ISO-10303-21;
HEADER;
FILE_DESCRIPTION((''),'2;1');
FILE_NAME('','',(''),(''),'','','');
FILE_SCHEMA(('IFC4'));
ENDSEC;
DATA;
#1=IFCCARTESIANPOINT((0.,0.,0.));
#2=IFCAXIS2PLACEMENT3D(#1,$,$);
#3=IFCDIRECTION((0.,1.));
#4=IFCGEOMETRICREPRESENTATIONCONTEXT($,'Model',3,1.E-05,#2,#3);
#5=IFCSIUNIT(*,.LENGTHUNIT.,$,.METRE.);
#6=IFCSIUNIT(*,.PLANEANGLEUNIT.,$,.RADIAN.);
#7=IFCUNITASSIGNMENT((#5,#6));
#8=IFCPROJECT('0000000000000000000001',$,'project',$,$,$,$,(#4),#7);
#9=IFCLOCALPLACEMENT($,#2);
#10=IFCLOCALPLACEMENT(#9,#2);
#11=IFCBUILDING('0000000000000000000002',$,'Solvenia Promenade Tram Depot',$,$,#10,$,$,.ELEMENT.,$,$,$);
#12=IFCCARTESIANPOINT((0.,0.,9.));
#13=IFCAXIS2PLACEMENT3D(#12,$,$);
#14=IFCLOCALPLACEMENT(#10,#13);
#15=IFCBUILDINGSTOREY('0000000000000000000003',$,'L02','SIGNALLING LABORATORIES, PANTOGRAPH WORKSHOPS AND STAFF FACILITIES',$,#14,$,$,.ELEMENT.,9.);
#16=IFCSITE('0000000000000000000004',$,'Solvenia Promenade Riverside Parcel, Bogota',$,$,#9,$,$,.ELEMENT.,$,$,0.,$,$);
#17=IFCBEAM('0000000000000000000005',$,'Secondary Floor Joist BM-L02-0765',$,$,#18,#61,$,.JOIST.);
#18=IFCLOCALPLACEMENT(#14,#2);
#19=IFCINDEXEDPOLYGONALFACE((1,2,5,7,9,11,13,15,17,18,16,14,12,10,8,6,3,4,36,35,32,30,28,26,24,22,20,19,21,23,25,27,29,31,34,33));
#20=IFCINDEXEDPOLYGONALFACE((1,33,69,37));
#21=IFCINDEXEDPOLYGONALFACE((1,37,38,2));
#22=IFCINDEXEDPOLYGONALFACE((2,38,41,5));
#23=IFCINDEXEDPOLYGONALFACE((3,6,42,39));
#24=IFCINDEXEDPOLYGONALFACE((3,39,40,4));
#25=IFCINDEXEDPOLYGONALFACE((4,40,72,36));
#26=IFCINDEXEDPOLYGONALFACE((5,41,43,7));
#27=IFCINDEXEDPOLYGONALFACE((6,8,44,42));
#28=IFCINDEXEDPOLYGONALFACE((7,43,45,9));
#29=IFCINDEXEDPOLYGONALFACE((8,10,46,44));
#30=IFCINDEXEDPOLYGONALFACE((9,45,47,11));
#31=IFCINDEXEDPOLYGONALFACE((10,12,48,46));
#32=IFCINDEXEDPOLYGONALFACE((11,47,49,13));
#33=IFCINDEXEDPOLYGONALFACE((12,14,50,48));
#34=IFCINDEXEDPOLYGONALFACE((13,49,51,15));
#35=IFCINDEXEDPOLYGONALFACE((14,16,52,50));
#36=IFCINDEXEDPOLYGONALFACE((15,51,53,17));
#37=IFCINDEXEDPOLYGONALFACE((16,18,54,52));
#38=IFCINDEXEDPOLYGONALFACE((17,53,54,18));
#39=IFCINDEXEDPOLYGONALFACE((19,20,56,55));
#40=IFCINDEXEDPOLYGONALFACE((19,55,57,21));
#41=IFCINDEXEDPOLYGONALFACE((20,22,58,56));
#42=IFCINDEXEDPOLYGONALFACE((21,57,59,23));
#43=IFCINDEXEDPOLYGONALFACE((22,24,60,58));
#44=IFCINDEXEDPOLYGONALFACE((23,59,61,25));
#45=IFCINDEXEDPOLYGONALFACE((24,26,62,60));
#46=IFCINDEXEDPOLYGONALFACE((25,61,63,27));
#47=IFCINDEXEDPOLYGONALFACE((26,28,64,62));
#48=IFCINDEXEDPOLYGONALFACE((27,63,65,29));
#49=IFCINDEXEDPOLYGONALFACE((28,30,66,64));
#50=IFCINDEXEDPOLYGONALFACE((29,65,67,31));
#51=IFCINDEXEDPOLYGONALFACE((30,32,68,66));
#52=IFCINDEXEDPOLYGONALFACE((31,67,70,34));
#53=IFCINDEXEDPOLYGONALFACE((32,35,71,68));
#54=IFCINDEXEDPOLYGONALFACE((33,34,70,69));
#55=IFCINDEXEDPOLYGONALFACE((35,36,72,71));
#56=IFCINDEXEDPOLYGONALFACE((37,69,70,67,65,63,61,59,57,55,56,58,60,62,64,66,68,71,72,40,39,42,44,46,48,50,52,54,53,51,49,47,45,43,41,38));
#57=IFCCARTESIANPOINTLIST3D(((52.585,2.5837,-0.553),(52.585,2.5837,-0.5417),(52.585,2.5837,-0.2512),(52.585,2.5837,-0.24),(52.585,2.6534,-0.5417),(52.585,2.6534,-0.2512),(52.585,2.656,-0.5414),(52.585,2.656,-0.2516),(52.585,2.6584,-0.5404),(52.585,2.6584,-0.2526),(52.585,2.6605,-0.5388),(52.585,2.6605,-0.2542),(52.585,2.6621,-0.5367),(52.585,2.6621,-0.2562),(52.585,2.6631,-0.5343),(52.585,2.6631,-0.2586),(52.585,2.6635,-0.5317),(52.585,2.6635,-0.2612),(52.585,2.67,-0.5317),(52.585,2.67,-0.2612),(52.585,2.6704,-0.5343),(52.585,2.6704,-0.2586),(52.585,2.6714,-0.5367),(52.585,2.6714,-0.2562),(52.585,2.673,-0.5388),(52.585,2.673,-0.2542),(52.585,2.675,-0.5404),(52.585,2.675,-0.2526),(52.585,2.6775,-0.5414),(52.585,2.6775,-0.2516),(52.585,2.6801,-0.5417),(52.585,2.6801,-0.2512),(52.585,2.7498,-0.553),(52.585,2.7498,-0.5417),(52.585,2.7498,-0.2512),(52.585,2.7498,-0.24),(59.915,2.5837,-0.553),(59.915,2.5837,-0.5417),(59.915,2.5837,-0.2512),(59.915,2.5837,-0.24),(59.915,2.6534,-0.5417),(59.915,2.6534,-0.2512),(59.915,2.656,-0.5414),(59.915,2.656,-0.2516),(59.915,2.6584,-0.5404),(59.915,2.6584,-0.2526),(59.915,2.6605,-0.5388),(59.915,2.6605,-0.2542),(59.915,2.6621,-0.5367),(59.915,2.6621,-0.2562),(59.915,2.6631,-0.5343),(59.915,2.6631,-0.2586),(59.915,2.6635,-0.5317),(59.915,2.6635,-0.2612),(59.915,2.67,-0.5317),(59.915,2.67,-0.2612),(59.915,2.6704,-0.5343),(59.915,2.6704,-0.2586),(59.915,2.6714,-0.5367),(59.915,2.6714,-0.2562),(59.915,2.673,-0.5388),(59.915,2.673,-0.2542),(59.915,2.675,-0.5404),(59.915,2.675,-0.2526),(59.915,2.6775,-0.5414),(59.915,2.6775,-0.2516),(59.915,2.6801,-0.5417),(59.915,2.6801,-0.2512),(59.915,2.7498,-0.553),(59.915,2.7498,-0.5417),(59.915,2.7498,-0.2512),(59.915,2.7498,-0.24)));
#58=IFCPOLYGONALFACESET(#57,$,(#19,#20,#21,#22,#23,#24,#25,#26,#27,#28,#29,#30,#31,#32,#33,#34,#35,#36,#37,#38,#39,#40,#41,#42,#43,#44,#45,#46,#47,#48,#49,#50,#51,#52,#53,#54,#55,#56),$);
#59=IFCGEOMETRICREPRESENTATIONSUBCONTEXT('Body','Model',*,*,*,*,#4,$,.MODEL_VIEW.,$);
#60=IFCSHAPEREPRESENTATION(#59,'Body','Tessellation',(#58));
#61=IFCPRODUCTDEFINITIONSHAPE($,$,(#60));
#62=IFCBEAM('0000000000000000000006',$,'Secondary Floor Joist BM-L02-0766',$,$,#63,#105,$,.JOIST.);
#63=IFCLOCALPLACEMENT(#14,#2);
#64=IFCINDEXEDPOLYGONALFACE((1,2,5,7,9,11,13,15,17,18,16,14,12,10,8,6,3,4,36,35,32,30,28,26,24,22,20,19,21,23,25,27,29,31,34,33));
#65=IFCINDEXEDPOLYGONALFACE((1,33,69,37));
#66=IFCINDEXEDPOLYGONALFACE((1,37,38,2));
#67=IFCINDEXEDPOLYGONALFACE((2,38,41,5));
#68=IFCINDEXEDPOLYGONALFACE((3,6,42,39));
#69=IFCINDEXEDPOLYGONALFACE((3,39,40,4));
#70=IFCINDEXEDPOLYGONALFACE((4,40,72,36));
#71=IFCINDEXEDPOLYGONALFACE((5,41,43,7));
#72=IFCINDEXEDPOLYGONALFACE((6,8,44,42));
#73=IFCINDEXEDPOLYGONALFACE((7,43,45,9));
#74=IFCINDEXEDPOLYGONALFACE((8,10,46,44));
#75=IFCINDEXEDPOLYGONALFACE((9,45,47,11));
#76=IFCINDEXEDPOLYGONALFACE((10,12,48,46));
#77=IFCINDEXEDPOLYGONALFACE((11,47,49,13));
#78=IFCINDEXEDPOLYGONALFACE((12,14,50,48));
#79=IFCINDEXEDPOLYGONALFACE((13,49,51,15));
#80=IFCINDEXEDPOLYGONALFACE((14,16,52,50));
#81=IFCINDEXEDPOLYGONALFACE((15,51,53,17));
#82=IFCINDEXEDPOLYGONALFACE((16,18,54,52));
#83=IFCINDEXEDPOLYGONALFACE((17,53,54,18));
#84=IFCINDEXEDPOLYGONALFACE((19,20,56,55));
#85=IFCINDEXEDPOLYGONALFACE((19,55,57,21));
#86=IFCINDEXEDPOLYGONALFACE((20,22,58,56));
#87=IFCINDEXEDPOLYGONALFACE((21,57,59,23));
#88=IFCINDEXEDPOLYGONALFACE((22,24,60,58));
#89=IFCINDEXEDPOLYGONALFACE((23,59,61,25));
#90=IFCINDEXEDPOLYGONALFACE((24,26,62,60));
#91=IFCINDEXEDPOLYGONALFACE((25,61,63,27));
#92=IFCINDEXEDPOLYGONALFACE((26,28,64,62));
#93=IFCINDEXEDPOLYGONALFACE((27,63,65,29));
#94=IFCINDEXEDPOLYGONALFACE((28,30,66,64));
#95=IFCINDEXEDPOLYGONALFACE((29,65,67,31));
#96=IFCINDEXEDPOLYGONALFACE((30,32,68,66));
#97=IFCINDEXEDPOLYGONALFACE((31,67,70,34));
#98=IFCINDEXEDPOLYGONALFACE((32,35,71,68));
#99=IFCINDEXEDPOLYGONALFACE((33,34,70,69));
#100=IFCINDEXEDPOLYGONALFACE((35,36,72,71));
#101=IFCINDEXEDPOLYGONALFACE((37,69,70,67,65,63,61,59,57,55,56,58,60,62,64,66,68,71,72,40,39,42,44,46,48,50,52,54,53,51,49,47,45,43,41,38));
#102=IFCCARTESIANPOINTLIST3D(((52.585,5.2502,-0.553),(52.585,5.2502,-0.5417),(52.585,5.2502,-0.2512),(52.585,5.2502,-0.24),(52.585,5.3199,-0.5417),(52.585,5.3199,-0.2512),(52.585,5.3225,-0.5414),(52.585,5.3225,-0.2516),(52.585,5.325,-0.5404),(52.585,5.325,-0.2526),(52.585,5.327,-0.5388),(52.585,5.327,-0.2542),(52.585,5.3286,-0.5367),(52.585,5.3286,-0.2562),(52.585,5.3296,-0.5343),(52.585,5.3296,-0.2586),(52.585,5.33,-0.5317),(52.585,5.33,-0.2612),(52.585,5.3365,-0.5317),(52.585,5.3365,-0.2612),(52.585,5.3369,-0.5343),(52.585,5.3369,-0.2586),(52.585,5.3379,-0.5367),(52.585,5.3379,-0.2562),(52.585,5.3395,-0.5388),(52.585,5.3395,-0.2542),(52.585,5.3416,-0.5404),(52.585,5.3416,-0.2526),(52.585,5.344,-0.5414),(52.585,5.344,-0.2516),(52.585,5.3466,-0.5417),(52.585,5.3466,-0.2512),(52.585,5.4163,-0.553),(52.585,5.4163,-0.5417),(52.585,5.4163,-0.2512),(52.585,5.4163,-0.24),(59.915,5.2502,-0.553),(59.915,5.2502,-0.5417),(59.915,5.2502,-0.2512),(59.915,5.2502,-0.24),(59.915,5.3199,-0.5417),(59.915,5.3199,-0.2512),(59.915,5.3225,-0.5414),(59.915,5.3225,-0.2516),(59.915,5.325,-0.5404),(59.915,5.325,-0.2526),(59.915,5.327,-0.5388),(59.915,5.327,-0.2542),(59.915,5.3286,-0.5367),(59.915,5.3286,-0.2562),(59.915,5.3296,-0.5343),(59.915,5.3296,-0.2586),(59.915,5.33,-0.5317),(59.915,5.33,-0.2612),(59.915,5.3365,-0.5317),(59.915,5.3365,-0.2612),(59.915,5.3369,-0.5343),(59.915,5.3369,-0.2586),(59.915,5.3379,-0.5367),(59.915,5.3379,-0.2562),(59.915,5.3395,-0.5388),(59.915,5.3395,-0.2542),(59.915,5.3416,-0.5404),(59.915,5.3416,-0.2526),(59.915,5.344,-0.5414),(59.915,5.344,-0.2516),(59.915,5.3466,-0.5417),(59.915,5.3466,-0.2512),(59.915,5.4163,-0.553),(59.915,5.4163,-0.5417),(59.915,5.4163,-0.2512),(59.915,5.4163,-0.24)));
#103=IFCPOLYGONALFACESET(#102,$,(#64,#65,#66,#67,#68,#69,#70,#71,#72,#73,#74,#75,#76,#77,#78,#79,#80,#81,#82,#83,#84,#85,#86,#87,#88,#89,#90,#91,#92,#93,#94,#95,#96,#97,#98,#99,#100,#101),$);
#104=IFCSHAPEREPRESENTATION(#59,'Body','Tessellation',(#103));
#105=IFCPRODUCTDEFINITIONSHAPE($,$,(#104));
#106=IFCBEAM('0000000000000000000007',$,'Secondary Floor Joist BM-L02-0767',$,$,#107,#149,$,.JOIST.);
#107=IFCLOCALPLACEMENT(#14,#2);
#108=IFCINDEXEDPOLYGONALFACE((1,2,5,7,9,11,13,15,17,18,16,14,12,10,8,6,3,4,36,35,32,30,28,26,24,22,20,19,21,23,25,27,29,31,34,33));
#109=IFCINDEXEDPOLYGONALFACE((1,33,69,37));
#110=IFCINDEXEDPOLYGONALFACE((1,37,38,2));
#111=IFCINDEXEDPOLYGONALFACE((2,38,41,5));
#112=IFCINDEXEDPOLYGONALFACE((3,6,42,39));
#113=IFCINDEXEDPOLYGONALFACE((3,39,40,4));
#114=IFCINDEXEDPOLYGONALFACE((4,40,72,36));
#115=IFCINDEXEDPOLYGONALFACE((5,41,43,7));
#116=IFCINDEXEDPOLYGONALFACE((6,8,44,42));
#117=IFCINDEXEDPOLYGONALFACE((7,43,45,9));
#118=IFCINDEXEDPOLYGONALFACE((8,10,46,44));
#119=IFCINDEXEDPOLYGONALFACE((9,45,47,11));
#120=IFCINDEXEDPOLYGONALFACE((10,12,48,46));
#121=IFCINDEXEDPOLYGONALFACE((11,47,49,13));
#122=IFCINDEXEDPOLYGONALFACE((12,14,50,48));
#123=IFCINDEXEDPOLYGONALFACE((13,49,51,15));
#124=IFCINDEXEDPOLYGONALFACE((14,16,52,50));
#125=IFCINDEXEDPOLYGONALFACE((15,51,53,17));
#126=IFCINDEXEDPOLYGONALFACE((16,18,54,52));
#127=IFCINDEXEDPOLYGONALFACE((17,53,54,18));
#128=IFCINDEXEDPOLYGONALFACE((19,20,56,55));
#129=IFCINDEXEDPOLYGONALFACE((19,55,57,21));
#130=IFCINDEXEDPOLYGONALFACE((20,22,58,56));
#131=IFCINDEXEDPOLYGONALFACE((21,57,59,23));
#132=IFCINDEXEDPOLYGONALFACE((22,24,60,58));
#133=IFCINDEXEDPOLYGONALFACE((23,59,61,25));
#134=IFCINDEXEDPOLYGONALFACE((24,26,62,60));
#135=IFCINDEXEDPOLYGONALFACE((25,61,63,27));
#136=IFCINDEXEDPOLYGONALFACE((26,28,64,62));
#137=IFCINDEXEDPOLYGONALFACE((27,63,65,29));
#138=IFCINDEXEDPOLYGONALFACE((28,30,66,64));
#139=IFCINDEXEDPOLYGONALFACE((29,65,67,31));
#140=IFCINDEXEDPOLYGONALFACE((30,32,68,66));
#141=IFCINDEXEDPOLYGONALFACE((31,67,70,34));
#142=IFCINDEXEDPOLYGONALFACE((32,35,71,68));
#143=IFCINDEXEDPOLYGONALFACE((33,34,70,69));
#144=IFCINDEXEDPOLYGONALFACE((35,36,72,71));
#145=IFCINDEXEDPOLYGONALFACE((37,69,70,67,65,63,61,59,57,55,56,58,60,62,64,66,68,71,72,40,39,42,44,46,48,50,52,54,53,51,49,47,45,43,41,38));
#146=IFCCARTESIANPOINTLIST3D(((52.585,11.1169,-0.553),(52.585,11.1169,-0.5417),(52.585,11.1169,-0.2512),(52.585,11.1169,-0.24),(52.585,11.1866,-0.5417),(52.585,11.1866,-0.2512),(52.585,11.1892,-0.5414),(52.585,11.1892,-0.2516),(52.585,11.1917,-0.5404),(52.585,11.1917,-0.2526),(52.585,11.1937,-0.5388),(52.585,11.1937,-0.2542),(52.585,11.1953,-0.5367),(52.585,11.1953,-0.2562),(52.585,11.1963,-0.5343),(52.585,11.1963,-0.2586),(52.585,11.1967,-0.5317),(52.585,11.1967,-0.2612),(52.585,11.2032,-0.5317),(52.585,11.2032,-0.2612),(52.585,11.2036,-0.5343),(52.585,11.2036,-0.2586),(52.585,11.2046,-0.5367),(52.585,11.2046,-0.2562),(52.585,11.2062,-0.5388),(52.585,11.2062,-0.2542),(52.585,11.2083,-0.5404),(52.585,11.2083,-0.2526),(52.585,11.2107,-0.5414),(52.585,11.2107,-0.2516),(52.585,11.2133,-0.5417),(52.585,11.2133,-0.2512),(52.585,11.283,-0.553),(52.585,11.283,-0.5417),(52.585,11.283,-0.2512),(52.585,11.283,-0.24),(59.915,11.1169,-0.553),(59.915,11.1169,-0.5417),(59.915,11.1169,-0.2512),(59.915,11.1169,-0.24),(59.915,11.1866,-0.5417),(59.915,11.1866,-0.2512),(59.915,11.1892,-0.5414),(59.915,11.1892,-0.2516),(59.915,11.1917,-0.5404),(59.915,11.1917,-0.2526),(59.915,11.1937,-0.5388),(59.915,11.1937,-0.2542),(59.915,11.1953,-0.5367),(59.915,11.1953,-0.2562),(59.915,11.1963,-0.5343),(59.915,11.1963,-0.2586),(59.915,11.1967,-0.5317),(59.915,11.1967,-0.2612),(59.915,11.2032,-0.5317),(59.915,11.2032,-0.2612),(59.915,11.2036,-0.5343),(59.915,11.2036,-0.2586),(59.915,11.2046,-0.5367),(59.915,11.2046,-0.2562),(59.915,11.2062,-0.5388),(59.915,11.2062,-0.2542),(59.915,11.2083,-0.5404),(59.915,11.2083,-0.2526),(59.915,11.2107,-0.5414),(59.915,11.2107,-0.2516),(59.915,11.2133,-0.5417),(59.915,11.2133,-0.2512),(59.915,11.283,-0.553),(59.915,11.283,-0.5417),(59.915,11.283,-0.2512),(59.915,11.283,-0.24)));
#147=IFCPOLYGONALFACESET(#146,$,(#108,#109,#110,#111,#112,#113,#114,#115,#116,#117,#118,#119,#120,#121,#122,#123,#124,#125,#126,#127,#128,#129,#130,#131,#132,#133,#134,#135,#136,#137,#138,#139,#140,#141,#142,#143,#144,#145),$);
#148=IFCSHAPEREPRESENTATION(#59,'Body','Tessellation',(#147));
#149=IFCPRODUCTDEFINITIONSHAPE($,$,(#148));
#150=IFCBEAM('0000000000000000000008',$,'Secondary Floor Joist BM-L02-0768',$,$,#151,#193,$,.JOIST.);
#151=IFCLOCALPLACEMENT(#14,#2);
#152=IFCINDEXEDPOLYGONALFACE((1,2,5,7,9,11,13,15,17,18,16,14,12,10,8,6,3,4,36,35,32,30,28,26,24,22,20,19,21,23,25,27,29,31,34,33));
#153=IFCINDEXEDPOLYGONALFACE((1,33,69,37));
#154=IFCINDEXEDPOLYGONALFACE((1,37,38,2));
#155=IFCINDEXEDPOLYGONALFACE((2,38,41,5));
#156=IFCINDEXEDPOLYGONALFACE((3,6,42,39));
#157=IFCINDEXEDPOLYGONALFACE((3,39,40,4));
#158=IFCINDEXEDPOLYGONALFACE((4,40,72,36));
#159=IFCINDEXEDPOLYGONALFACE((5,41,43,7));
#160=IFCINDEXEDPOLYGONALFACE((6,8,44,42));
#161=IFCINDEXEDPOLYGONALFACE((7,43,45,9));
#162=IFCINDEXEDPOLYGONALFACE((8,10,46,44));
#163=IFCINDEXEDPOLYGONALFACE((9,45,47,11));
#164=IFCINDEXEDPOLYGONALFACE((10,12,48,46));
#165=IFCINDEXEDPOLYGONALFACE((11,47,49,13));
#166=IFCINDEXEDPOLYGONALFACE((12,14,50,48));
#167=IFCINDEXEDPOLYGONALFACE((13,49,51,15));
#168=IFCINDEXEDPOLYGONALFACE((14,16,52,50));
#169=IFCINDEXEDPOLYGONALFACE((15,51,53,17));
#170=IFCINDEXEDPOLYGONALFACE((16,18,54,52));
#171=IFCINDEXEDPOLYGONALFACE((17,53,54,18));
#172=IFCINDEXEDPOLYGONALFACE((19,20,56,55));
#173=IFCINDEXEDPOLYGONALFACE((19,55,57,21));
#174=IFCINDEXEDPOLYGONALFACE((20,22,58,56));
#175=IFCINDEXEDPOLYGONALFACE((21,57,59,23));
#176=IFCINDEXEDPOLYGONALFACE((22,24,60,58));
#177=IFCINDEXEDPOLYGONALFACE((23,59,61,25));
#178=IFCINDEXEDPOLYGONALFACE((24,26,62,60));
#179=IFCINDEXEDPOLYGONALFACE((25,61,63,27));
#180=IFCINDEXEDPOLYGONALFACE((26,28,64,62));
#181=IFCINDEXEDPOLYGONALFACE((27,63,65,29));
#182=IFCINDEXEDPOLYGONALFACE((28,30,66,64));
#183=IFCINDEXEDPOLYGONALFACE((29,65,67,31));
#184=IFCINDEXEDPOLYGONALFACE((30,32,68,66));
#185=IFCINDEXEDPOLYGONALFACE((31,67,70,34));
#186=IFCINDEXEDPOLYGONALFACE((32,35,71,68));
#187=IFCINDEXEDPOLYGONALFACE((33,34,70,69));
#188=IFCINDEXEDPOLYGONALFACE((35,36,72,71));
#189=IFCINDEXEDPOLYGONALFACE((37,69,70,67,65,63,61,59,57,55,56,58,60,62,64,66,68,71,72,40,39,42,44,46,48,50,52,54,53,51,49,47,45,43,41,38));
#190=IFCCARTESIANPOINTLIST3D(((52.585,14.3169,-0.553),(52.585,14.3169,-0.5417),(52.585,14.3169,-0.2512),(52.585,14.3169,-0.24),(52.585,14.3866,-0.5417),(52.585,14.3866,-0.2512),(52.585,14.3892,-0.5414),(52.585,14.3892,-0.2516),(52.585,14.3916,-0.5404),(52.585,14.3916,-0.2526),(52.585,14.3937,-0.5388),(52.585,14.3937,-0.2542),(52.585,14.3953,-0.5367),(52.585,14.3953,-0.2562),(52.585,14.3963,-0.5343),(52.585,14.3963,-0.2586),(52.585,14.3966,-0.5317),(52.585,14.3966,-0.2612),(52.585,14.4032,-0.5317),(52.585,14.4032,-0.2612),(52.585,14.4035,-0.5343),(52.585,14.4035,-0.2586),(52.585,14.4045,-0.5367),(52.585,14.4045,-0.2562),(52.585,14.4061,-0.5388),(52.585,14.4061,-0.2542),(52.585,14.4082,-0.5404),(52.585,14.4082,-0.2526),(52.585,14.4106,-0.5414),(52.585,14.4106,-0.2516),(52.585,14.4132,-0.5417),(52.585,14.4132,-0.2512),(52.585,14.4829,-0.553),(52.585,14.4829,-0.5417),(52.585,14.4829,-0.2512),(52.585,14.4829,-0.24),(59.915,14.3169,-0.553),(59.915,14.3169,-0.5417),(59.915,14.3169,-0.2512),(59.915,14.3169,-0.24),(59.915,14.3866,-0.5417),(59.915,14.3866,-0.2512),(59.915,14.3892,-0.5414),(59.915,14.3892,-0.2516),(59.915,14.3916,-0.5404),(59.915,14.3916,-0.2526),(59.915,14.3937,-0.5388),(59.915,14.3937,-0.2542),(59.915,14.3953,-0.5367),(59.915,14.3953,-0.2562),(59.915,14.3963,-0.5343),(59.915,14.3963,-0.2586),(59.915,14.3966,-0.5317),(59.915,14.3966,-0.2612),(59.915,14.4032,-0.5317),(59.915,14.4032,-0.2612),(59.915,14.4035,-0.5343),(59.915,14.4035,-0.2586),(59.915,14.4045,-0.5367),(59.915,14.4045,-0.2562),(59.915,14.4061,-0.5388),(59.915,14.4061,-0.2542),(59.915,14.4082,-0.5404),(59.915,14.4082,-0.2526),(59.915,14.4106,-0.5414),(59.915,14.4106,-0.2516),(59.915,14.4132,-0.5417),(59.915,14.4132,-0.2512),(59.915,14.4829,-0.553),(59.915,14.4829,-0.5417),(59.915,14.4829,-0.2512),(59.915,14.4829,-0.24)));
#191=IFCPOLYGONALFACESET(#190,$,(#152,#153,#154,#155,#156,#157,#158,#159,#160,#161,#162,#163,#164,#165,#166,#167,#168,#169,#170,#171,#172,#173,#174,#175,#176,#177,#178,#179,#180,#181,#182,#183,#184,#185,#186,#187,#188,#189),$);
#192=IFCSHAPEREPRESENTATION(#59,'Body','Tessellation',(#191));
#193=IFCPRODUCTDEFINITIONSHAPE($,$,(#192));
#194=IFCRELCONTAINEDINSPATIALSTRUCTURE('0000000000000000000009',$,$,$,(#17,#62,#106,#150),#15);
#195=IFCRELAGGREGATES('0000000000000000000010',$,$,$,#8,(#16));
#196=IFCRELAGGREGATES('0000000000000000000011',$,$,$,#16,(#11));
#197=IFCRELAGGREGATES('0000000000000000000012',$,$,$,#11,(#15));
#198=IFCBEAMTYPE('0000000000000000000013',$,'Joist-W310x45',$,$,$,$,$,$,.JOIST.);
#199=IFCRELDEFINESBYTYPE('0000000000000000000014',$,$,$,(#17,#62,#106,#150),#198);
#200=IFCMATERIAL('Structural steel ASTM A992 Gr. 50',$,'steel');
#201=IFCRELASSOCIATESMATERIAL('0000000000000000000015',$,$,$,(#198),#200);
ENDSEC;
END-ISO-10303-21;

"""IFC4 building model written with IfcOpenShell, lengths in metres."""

from ifc_helpers import new_model, si_unit, direction, frame, origin, origin_2d, place, context, subcontext, project, spatial, i_section, extrude, material, material_profile, profile_set, type_object, element, save


model = new_model("IFC4")

# Units and contexts
model_context = context("Model", 3, precision=1e-05, world=origin(), true_north=direction((0.0, 1.0)))
body_context = subcontext(model_context, "Body", "Model", "MODEL_VIEW")
ifc_project = project(units=[si_unit("LENGTHUNIT", "METRE"), si_unit("PLANEANGLEUNIT", "RADIAN")], contexts=[model_context])

# Site, building, storey
site_placement = place(None, origin())
site = spatial("IfcSite", under=ifc_project, at=site_placement, Name="Solvenia Promenade Riverside Parcel, Bogota", CompositionType="ELEMENT", RefElevation=0.0)
building_placement = place(site_placement, origin())
building = spatial("IfcBuilding", under=site, at=building_placement, Name="Solvenia Promenade Tram Depot", CompositionType="ELEMENT")
storey_placement = place(building_placement, frame((0.0, 0.0, 9.0)))
storey = spatial("IfcBuildingStorey", under=building, at=storey_placement, Name="L02", Description="SIGNALLING LABORATORIES, PANTOGRAPH WORKSHOPS AND STAFF FACILITIES", CompositionType="ELEMENT", Elevation=9.0)

# Shared definitions
ifc_material_1 = material(Name="Structural steel ASTM A992 Gr. 50", Category="steel")

# Beams
ifc_material_profile_1 = material_profile(ifc_material_1, i_section(OverallWidth=0.166, OverallDepth=0.313, WebThickness=0.0066, FlangeThickness=0.0112, FilletRadius=0.01, at=origin_2d()), Name="W310x45", Category="steel")
ifc_profile_set_1 = profile_set([ifc_material_profile_1], Name="Structural steel ASTM A992 Gr. 50")
beam_type_1 = type_object("IfcBeamType", Name="Joist-W310x45", PredefinedType="JOIST", material=ifc_profile_set_1)
for number, where, z_axis, x_axis, name in (
    (1, (52.585, 2.6667, -0.3965), (1.0, 0.0, 0.0), (0.0, 1.0, 0.0), "Secondary Floor Joist BM-L02-0765"),
    (2, (52.585, 5.3333, -0.3965), (1.0, 0.0, 0.0), (0.0, 1.0, 0.0), "Secondary Floor Joist BM-L02-0766"),
    (3, (52.585, 11.2, -0.3965), (1.0, 0.0, 0.0), (0.0, 1.0, 0.0), "Secondary Floor Joist BM-L02-0767"),
    (4, (52.585, 14.3999, -0.3965), (1.0, 0.0, 0.0), (0.0, 1.0, 0.0), "Secondary Floor Joist BM-L02-0768"),
):
    element("IfcBeam", number, at=place(storey_placement, frame(where, z_axis=z_axis, x_axis=x_axis)), inside=storey, type_object=beam_type_1, Name=name, PredefinedType="JOIST", context=body_context, shape_type="SweptSolid", body=[
        extrude(i_section(OverallWidth=0.166, OverallDepth=0.313, WebThickness=0.0066, FlangeThickness=0.0112, FilletRadius=0.01, at=origin_2d()), origin(), (0.0, 0.0, 1.0), 7.3301),
    ])

save(model, "model.ifc")
